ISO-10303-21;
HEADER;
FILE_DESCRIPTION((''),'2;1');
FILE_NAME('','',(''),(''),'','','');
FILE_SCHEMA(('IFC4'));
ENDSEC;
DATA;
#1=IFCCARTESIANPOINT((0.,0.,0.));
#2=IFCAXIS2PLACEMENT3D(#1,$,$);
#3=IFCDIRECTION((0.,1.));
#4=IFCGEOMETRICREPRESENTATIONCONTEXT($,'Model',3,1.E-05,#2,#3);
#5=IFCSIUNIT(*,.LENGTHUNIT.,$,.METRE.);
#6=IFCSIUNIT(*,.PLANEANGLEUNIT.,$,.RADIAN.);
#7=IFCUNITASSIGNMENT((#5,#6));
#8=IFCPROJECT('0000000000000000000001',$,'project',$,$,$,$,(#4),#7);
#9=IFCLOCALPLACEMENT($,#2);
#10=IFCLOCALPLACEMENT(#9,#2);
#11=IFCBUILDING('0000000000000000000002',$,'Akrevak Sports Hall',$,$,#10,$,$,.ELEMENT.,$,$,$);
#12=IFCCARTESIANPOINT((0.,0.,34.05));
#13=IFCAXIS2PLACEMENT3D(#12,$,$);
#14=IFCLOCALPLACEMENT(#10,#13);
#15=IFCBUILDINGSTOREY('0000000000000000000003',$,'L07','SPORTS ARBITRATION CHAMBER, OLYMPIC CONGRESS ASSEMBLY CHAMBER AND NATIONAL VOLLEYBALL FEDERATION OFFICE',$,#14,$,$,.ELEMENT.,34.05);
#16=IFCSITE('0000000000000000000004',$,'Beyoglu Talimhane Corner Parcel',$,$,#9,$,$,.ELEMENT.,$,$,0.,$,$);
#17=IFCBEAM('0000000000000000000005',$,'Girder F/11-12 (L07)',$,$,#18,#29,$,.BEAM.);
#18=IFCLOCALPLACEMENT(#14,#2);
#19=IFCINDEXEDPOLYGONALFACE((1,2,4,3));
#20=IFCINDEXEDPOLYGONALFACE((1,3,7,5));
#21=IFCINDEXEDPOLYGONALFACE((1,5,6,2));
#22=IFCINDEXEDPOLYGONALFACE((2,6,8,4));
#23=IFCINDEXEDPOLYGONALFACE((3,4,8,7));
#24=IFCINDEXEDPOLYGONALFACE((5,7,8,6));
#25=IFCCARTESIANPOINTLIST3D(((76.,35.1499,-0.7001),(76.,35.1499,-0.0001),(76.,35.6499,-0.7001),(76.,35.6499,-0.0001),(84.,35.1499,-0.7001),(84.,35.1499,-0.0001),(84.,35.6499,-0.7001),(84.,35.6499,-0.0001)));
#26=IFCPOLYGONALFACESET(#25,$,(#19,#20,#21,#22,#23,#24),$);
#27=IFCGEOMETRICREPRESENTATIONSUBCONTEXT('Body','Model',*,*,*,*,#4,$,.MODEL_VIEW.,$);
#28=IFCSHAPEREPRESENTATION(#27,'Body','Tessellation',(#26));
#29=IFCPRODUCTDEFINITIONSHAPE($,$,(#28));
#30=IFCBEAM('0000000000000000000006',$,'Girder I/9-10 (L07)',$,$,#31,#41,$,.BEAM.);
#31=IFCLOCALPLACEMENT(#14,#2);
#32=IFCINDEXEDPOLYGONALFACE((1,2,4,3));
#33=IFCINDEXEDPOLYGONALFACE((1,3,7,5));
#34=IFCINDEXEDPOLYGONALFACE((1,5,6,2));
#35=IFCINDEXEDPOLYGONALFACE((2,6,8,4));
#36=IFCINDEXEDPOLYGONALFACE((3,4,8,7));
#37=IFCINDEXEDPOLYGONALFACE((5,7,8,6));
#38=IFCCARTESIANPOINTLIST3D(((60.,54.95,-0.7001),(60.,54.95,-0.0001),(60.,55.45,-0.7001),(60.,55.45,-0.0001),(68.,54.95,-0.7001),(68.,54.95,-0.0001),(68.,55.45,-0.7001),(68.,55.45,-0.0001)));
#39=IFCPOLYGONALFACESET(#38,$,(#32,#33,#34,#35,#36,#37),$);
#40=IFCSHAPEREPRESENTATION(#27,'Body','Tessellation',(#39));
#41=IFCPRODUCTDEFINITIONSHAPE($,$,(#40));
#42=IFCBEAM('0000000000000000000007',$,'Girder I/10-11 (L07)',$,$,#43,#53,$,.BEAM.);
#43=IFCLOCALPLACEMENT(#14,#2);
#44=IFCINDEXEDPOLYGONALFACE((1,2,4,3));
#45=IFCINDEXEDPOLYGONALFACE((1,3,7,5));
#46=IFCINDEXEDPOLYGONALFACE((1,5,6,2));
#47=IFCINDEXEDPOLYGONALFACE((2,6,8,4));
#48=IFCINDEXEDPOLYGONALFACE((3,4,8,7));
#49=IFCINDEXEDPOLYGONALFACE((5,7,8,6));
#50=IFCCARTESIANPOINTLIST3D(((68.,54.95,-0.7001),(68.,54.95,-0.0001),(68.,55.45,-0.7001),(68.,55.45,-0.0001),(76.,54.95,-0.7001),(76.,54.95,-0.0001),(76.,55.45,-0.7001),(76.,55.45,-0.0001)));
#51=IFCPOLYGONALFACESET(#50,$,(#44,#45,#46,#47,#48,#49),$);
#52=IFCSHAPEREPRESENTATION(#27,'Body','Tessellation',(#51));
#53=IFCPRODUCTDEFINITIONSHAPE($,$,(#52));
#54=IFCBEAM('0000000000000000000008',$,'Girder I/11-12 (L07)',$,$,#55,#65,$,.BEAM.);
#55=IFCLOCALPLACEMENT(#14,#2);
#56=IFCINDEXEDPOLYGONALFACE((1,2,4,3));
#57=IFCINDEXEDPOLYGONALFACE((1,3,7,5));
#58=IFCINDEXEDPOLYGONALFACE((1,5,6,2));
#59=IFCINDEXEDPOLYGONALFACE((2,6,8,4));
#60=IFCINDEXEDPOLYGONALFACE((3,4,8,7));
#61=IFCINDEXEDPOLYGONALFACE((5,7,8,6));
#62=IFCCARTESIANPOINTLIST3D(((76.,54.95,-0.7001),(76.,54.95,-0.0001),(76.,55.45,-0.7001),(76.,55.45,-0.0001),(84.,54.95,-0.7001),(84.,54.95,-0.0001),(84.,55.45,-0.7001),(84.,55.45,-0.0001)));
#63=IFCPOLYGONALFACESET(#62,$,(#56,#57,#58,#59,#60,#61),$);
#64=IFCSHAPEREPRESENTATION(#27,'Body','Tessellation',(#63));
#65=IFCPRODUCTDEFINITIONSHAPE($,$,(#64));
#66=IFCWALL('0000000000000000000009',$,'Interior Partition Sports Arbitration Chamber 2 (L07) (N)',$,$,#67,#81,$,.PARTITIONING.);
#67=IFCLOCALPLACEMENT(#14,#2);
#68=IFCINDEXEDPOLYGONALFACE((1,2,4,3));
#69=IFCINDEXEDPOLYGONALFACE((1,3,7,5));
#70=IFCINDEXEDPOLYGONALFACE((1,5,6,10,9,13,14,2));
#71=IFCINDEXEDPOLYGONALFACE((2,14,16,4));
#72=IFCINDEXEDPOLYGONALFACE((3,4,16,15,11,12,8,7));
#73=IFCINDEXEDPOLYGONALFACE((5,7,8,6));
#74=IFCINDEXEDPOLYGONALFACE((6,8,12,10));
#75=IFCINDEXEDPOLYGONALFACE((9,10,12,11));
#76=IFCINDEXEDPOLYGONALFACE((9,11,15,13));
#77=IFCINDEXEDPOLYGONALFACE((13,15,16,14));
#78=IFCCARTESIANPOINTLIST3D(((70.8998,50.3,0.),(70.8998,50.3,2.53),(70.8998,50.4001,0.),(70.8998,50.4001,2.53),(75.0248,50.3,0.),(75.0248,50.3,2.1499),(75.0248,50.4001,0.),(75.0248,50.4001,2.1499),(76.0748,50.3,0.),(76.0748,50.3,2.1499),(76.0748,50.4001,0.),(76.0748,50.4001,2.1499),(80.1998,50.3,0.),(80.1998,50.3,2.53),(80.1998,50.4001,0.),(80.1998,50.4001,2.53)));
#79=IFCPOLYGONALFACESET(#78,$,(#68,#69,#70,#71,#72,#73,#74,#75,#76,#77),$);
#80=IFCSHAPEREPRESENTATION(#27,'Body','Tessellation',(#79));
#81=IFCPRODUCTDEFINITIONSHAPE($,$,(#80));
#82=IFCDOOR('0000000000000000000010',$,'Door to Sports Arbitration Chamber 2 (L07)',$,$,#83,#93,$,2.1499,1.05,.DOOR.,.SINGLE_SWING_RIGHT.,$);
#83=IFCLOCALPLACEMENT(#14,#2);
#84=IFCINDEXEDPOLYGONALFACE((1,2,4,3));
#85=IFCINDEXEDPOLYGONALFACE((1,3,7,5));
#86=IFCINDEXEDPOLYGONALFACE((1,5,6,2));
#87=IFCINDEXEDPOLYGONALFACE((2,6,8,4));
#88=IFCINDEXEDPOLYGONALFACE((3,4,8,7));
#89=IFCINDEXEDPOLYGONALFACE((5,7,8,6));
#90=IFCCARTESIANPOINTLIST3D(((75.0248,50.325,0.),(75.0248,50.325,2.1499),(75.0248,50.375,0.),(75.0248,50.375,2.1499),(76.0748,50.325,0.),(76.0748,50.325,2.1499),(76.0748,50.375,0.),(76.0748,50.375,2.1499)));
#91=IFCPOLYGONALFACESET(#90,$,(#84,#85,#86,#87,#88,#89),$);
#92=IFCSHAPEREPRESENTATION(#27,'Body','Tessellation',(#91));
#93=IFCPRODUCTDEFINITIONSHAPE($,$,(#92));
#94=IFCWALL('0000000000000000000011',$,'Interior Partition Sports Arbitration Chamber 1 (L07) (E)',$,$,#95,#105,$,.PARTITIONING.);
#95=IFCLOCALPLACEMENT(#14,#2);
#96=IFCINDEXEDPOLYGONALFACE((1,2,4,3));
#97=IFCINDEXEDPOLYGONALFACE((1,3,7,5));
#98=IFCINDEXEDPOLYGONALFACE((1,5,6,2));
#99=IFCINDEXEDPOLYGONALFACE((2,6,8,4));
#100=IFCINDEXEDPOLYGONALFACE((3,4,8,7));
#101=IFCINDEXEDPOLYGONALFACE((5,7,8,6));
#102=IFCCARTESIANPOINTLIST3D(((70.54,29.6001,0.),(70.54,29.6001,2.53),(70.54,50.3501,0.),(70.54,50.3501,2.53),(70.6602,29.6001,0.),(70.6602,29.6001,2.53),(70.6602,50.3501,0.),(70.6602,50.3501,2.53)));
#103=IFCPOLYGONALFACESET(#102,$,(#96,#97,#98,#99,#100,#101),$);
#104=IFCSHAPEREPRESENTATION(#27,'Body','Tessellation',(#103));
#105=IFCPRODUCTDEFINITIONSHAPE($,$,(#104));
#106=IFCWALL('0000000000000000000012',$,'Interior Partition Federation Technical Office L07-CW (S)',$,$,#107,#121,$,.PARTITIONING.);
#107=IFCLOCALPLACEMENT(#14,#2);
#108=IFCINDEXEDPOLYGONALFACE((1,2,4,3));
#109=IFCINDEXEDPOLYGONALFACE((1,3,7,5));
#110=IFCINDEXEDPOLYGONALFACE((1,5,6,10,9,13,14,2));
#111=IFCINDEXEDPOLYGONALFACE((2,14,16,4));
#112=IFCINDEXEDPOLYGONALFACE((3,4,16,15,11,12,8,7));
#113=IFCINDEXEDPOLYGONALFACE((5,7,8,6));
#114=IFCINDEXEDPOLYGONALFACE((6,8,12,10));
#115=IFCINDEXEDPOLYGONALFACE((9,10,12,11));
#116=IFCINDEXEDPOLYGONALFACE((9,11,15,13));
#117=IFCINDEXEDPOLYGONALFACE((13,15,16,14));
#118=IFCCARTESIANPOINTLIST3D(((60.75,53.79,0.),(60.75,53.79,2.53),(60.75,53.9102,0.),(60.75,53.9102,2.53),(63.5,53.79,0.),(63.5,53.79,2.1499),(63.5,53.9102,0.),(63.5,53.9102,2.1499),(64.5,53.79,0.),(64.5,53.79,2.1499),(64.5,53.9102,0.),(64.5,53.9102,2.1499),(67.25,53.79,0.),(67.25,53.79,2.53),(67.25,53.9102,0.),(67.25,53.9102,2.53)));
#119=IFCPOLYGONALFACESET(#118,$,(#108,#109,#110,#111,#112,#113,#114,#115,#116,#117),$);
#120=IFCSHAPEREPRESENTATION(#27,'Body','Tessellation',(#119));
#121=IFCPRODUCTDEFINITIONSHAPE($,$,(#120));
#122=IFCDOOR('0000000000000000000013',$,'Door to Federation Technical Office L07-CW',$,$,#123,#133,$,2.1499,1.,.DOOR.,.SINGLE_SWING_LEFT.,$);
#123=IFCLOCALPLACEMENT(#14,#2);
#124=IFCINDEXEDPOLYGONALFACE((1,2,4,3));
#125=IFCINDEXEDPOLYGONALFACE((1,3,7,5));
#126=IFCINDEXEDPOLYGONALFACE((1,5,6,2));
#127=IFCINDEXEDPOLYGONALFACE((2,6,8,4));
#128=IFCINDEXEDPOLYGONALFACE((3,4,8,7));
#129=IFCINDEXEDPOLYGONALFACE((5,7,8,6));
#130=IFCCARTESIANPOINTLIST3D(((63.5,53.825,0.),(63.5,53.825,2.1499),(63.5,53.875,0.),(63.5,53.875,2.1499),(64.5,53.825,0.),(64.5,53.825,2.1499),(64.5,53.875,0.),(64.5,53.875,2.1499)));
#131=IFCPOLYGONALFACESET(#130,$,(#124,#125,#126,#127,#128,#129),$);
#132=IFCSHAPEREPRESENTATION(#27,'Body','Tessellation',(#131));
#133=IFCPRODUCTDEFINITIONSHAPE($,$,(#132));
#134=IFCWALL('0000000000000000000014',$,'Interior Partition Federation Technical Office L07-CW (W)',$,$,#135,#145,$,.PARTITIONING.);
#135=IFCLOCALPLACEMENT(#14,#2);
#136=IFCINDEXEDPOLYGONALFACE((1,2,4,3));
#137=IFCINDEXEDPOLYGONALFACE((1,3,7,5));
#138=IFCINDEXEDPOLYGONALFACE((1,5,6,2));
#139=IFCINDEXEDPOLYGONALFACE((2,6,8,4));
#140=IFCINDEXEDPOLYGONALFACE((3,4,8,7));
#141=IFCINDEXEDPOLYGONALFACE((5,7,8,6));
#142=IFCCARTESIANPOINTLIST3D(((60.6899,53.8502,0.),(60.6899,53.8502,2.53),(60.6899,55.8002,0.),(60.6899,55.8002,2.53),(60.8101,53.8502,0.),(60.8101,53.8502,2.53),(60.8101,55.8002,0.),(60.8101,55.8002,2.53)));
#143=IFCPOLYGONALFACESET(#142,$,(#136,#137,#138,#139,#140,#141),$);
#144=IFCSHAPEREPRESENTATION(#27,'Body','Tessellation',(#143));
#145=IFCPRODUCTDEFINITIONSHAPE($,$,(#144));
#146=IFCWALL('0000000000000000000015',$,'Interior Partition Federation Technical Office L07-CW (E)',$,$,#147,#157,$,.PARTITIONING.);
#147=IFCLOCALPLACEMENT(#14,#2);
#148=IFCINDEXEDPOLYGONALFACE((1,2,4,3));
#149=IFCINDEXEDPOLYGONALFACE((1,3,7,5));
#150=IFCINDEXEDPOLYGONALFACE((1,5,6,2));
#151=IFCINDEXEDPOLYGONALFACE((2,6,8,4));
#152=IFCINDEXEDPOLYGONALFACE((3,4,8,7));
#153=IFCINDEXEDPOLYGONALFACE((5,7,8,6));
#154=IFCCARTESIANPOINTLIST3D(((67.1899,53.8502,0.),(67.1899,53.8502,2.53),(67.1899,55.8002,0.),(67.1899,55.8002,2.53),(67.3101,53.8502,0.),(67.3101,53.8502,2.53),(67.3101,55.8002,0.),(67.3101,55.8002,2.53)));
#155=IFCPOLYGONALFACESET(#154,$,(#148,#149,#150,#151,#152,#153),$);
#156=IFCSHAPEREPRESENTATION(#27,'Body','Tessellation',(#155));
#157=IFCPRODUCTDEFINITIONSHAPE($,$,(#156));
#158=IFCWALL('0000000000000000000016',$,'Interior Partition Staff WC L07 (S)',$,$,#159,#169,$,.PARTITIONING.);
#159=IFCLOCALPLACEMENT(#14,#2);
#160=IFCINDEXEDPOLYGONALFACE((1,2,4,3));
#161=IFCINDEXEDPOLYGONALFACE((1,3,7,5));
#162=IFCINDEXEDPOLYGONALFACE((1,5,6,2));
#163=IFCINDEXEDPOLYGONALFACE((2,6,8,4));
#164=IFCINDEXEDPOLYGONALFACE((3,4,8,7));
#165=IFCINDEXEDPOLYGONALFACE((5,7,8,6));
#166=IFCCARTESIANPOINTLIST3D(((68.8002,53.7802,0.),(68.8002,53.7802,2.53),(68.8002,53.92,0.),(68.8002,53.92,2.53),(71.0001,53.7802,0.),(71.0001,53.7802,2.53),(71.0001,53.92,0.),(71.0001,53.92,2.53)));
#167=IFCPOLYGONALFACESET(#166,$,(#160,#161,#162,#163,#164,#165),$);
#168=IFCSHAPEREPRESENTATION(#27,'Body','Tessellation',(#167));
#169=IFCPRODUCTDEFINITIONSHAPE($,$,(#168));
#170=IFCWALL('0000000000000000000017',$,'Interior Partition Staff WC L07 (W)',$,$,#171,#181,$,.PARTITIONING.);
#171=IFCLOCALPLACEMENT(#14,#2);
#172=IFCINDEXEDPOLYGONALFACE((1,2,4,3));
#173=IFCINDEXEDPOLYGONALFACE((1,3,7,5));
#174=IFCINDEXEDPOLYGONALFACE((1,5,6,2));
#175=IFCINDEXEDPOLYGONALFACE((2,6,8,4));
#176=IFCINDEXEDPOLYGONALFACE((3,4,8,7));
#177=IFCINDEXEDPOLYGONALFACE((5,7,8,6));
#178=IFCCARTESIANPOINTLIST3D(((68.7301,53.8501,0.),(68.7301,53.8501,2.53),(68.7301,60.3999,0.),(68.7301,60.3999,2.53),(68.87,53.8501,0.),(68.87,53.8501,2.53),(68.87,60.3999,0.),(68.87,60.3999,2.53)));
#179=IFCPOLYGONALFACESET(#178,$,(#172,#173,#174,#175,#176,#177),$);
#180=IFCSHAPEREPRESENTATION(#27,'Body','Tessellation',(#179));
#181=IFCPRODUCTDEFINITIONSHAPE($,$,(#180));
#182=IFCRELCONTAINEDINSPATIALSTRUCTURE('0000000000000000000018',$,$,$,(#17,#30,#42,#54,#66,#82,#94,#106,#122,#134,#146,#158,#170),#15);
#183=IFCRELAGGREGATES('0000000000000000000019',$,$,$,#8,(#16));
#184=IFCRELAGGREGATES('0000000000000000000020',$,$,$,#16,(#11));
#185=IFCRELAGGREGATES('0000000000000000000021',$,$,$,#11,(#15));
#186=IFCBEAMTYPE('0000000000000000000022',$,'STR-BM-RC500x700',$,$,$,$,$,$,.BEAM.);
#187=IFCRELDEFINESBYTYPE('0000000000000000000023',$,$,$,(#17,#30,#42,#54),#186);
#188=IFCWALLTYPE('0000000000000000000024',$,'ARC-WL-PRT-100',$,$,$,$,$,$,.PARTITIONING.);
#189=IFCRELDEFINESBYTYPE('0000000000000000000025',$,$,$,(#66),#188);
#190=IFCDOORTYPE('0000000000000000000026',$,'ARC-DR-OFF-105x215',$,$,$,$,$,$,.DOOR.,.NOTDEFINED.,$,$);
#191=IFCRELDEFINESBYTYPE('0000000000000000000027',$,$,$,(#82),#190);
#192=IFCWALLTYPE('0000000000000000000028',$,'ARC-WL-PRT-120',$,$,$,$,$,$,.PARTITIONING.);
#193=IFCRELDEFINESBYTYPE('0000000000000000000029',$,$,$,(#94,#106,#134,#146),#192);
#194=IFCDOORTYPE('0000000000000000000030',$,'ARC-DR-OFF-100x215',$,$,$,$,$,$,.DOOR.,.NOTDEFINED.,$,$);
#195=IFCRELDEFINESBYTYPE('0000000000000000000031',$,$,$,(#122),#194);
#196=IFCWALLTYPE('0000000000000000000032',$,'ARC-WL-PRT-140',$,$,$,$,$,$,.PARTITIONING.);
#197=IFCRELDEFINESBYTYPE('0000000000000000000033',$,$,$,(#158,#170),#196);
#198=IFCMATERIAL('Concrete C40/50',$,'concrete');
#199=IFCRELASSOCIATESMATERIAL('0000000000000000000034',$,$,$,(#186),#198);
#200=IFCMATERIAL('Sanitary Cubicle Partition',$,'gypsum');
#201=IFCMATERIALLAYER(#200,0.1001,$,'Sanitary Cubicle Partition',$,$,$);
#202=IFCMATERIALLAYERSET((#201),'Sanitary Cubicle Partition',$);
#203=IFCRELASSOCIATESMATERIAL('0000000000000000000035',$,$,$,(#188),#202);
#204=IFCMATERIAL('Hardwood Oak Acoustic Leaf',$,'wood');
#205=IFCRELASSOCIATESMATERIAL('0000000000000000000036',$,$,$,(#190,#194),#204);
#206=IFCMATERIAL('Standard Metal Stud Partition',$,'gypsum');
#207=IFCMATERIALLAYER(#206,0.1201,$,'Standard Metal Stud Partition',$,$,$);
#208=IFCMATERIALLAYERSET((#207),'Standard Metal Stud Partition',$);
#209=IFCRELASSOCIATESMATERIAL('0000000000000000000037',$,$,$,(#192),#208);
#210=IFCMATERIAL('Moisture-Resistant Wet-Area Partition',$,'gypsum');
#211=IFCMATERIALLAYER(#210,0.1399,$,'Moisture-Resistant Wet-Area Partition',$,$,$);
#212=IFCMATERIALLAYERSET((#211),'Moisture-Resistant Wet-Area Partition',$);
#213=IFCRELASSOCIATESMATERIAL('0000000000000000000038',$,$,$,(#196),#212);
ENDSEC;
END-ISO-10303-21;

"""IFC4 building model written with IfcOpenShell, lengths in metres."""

from ifc_helpers import new_model, si_unit, direction, frame, frame_2d, origin, origin_2d, place, context, subcontext, project, spatial, rectangle, extrude, material, layer, layer_set, material_profile, profile_set, type_object, element, fill, save


model = new_model("IFC4")

# Units and contexts
model_context = context("Model", 3, precision=1e-05, world=origin(), true_north=direction((0.0, 1.0)))
body_context = subcontext(model_context, "Body", "Model", "MODEL_VIEW")
ifc_project = project(units=[si_unit("LENGTHUNIT", "METRE"), si_unit("PLANEANGLEUNIT", "RADIAN")], contexts=[model_context])

# Site, building, storey
site_placement = place(None, origin())
site = spatial("IfcSite", under=ifc_project, at=site_placement, Name="Beyoglu Talimhane Corner Parcel", CompositionType="ELEMENT", RefElevation=0.0)
building_placement = place(site_placement, origin())
building = spatial("IfcBuilding", under=site, at=building_placement, Name="Akrevak Sports Hall", CompositionType="ELEMENT")
storey_placement = place(building_placement, frame((0.0, 0.0, 34.05)))
storey = spatial("IfcBuildingStorey", under=building, at=storey_placement, Name="L07", Description="SPORTS ARBITRATION CHAMBER, OLYMPIC CONGRESS ASSEMBLY CHAMBER AND NATIONAL VOLLEYBALL FEDERATION OFFICE", CompositionType="ELEMENT", Elevation=34.05)

# Shared definitions
ifc_material_1 = material(Name="Concrete C40/50", Category="concrete")

# Beams
ifc_material_profile_1 = material_profile(ifc_material_1, rectangle(XDim=0.5, YDim=0.7, at=origin_2d()), Name="BM 500x700", Category="concrete")
ifc_profile_set_1 = profile_set([ifc_material_profile_1], Name="Concrete C40/50")
beam_type_1 = type_object("IfcBeamType", Name="STR-BM-RC500x700", PredefinedType="BEAM", material=ifc_profile_set_1)
for number, where, z_axis, x_axis, name in (
    (1, (76.0, 35.3999, -0.3501), (1.0, 0.0, 0.0), (0.0, 1.0, 0.0), "Girder F/11-12 (L07)"),
    (2, (60.0, 55.2, -0.3501), (1.0, 0.0, 0.0), (0.0, 1.0, 0.0), "Girder I/9-10 (L07)"),
    (3, (68.0, 55.2, -0.3501), (1.0, 0.0, 0.0), (0.0, 1.0, 0.0), "Girder I/10-11 (L07)"),
    (4, (76.0, 55.2, -0.3501), (1.0, 0.0, 0.0), (0.0, 1.0, 0.0), "Girder I/11-12 (L07)"),
):
    element("IfcBeam", number, at=place(storey_placement, frame(where, z_axis=z_axis, x_axis=x_axis)), inside=storey, type_object=beam_type_1, Name=name, PredefinedType="BEAM", context=body_context, shape_type="SweptSolid", body=[
        extrude(rectangle(XDim=0.5, YDim=0.7, at=origin_2d()), origin(), (0.0, 0.0, 1.0), 8.0),
    ])

# Wall, opening, door
ifc_material_2 = material(Name="Sanitary Cubicle Partition", Category="gypsum")
ifc_layer_1 = layer(ifc_material_2, 0.1001, Name="Sanitary Cubicle Partition")
ifc_layer_set_1 = layer_set([ifc_layer_1], Name="Sanitary Cubicle Partition")
wall_type_1 = type_object("IfcWallType", Name="ARC-WL-PRT-100", PredefinedType="PARTITIONING", material=ifc_layer_set_1)
wall_1_placement = place(storey_placement, frame((70.8999, 50.3501, 0.0), z_axis=(0.0, 0.0, 1.0), x_axis=(1.0, 0.0, 0.0)))
wall_1 = element("IfcWall", 5, at=wall_1_placement, inside=storey, type_object=wall_type_1, Name="Interior Partition Sports Arbitration Chamber 2 (L07) (N)", PredefinedType="PARTITIONING", context=body_context, shape_type="SweptSolid", body=[
    extrude(rectangle(XDim=9.3, YDim=0.1001, at=frame_2d((4.6499, 0.0))), origin(), (0.0, 0.0, 1.0), 2.53),
])
opening_1_placement = place(wall_1_placement, frame((4.125, 0.0, 0.0)))
opening_1 = element("IfcOpeningElement", 6, at=opening_1_placement, cuts=wall_1, PredefinedType="OPENING", context=body_context, shape_type="SweptSolid", body=[
    extrude(rectangle(XDim=1.05, YDim=2.1499, at=frame_2d((0.5249, 1.075))), frame((0.0, 0.062, 0.0), z_axis=(0.0, -1.0, 0.0), x_axis=(1.0, 0.0, 0.0)), (0.0, 0.0, 1.0), 0.124),
])
ifc_material_3 = material(Name="Hardwood Oak Acoustic Leaf", Category="wood")
door_type_1 = type_object("IfcDoorType", Name="ARC-DR-OFF-105x215", OperationType="NOTDEFINED", PredefinedType="DOOR", material=ifc_material_3)
door_1_placement = place(opening_1_placement, origin())
door_1 = element("IfcDoor", 7, at=door_1_placement, inside=storey, type_object=door_type_1, Name="Door to Sports Arbitration Chamber 2 (L07)", OperationType="SINGLE_SWING_RIGHT", OverallHeight=2.1499, OverallWidth=1.05, PredefinedType="DOOR", context=body_context, shape_type="SweptSolid", body=[
    extrude(rectangle(XDim=1.05, YDim=2.1499, at=frame_2d((0.5249, 1.075))), frame((0.0, 0.0249, 0.0), z_axis=(0.0, -1.0, 0.0), x_axis=(1.0, 0.0, 0.0)), (0.0, 0.0, 1.0), 0.05),
])
fill(opening_1, door_1)

# Wall
ifc_material_4 = material(Name="Standard Metal Stud Partition", Category="gypsum")
ifc_layer_2 = layer(ifc_material_4, 0.1201, Name="Standard Metal Stud Partition")
ifc_layer_set_2 = layer_set([ifc_layer_2], Name="Standard Metal Stud Partition")
wall_type_2 = type_object("IfcWallType", Name="ARC-WL-PRT-120", PredefinedType="PARTITIONING", material=ifc_layer_set_2)
wall_2_placement = place(storey_placement, frame((70.6001, 29.6001, 0.0), z_axis=(0.0, 0.0, 1.0), x_axis=(0.0, 1.0, 0.0)))
element("IfcWall", 8, at=wall_2_placement, inside=storey, type_object=wall_type_2, Name="Interior Partition Sports Arbitration Chamber 1 (L07) (E)", PredefinedType="PARTITIONING", context=body_context, shape_type="SweptSolid", body=[
    extrude(rectangle(XDim=20.75, YDim=0.1201, at=frame_2d((10.375, 0.0))), origin(), (0.0, 0.0, 1.0), 2.53),
])

# Wall, opening, door
wall_3_placement = place(storey_placement, frame((60.75, 53.8501, 0.0), z_axis=(0.0, 0.0, 1.0), x_axis=(1.0, 0.0, 0.0)))
wall_3 = element("IfcWall", 9, at=wall_3_placement, inside=storey, type_object=wall_type_2, Name="Interior Partition Federation Technical Office L07-CW (S)", PredefinedType="PARTITIONING", context=body_context, shape_type="SweptSolid", body=[
    extrude(rectangle(XDim=6.5, YDim=0.1201, at=frame_2d((3.25, 0.0))), origin(), (0.0, 0.0, 1.0), 2.53),
])
opening_2_placement = place(wall_3_placement, frame((2.75, 0.0, 0.0)))
opening_2 = element("IfcOpeningElement", 10, at=opening_2_placement, cuts=wall_3, PredefinedType="OPENING", context=body_context, shape_type="SweptSolid", body=[
    extrude(rectangle(XDim=1.0, YDim=2.1499, at=frame_2d((0.5, 1.075))), frame((0.0, 0.072, 0.0), z_axis=(0.0, -1.0, 0.0), x_axis=(1.0, 0.0, 0.0)), (0.0, 0.0, 1.0), 0.144),
])
door_type_2 = type_object("IfcDoorType", Name="ARC-DR-OFF-100x215", OperationType="NOTDEFINED", PredefinedType="DOOR", material=ifc_material_3)
door_2_placement = place(opening_2_placement, origin())
door_2 = element("IfcDoor", 11, at=door_2_placement, inside=storey, type_object=door_type_2, Name="Door to Federation Technical Office L07-CW", OperationType="SINGLE_SWING_LEFT", OverallHeight=2.1499, OverallWidth=1.0, PredefinedType="DOOR", context=body_context, shape_type="SweptSolid", body=[
    extrude(rectangle(XDim=1.0, YDim=2.1499, at=frame_2d((0.5, 1.075))), frame((0.0, 0.0249, 0.0), z_axis=(0.0, -1.0, 0.0), x_axis=(1.0, 0.0, 0.0)), (0.0, 0.0, 1.0), 0.05),
])
fill(opening_2, door_2)

# Walls
for number, where, z_axis, x_axis, name in (
    (12, (60.75, 53.8501, 0.0), (0.0, 0.0, 1.0), (0.0, 1.0, 0.0), "Interior Partition Federation Technical Office L07-CW (W)"),
    (13, (67.25, 53.8501, 0.0), (0.0, 0.0, 1.0), (0.0, 1.0, 0.0), "Interior Partition Federation Technical Office L07-CW (E)"),
):
    element("IfcWall", number, at=place(storey_placement, frame(where, z_axis=z_axis, x_axis=x_axis)), inside=storey, type_object=wall_type_2, Name=name, PredefinedType="PARTITIONING", context=body_context, shape_type="SweptSolid", body=[
        extrude(rectangle(XDim=1.95, YDim=0.1201, at=frame_2d((0.9751, 0.0))), origin(), (0.0, 0.0, 1.0), 2.53),
    ])
ifc_material_5 = material(Name="Moisture-Resistant Wet-Area Partition", Category="gypsum")
ifc_layer_3 = layer(ifc_material_5, 0.1399, Name="Moisture-Resistant Wet-Area Partition")
ifc_layer_set_3 = layer_set([ifc_layer_3], Name="Moisture-Resistant Wet-Area Partition")
wall_type_3 = type_object("IfcWallType", Name="ARC-WL-PRT-140", PredefinedType="PARTITIONING", material=ifc_layer_set_3)
wall_4_placement = place(storey_placement, frame((68.8, 53.8501, 0.0), z_axis=(0.0, 0.0, 1.0), x_axis=(1.0, 0.0, 0.0)))
element("IfcWall", 14, at=wall_4_placement, inside=storey, type_object=wall_type_3, Name="Interior Partition Staff WC L07 (S)", PredefinedType="PARTITIONING", context=body_context, shape_type="SweptSolid", body=[
    extrude(rectangle(XDim=2.2, YDim=0.1399, at=frame_2d((1.1001, 0.0))), origin(), (0.0, 0.0, 1.0), 2.53),
])
wall_5_placement = place(storey_placement, frame((68.8, 53.8501, 0.0), z_axis=(0.0, 0.0, 1.0), x_axis=(0.0, 1.0, 0.0)))
element("IfcWall", 15, at=wall_5_placement, inside=storey, type_object=wall_type_3, Name="Interior Partition Staff WC L07 (W)", PredefinedType="PARTITIONING", context=body_context, shape_type="SweptSolid", body=[
    extrude(rectangle(XDim=6.5498, YDim=0.1399, at=frame_2d((3.2749, 0.0))), origin(), (0.0, 0.0, 1.0), 2.53),
])

save(model, "model.ifc")
